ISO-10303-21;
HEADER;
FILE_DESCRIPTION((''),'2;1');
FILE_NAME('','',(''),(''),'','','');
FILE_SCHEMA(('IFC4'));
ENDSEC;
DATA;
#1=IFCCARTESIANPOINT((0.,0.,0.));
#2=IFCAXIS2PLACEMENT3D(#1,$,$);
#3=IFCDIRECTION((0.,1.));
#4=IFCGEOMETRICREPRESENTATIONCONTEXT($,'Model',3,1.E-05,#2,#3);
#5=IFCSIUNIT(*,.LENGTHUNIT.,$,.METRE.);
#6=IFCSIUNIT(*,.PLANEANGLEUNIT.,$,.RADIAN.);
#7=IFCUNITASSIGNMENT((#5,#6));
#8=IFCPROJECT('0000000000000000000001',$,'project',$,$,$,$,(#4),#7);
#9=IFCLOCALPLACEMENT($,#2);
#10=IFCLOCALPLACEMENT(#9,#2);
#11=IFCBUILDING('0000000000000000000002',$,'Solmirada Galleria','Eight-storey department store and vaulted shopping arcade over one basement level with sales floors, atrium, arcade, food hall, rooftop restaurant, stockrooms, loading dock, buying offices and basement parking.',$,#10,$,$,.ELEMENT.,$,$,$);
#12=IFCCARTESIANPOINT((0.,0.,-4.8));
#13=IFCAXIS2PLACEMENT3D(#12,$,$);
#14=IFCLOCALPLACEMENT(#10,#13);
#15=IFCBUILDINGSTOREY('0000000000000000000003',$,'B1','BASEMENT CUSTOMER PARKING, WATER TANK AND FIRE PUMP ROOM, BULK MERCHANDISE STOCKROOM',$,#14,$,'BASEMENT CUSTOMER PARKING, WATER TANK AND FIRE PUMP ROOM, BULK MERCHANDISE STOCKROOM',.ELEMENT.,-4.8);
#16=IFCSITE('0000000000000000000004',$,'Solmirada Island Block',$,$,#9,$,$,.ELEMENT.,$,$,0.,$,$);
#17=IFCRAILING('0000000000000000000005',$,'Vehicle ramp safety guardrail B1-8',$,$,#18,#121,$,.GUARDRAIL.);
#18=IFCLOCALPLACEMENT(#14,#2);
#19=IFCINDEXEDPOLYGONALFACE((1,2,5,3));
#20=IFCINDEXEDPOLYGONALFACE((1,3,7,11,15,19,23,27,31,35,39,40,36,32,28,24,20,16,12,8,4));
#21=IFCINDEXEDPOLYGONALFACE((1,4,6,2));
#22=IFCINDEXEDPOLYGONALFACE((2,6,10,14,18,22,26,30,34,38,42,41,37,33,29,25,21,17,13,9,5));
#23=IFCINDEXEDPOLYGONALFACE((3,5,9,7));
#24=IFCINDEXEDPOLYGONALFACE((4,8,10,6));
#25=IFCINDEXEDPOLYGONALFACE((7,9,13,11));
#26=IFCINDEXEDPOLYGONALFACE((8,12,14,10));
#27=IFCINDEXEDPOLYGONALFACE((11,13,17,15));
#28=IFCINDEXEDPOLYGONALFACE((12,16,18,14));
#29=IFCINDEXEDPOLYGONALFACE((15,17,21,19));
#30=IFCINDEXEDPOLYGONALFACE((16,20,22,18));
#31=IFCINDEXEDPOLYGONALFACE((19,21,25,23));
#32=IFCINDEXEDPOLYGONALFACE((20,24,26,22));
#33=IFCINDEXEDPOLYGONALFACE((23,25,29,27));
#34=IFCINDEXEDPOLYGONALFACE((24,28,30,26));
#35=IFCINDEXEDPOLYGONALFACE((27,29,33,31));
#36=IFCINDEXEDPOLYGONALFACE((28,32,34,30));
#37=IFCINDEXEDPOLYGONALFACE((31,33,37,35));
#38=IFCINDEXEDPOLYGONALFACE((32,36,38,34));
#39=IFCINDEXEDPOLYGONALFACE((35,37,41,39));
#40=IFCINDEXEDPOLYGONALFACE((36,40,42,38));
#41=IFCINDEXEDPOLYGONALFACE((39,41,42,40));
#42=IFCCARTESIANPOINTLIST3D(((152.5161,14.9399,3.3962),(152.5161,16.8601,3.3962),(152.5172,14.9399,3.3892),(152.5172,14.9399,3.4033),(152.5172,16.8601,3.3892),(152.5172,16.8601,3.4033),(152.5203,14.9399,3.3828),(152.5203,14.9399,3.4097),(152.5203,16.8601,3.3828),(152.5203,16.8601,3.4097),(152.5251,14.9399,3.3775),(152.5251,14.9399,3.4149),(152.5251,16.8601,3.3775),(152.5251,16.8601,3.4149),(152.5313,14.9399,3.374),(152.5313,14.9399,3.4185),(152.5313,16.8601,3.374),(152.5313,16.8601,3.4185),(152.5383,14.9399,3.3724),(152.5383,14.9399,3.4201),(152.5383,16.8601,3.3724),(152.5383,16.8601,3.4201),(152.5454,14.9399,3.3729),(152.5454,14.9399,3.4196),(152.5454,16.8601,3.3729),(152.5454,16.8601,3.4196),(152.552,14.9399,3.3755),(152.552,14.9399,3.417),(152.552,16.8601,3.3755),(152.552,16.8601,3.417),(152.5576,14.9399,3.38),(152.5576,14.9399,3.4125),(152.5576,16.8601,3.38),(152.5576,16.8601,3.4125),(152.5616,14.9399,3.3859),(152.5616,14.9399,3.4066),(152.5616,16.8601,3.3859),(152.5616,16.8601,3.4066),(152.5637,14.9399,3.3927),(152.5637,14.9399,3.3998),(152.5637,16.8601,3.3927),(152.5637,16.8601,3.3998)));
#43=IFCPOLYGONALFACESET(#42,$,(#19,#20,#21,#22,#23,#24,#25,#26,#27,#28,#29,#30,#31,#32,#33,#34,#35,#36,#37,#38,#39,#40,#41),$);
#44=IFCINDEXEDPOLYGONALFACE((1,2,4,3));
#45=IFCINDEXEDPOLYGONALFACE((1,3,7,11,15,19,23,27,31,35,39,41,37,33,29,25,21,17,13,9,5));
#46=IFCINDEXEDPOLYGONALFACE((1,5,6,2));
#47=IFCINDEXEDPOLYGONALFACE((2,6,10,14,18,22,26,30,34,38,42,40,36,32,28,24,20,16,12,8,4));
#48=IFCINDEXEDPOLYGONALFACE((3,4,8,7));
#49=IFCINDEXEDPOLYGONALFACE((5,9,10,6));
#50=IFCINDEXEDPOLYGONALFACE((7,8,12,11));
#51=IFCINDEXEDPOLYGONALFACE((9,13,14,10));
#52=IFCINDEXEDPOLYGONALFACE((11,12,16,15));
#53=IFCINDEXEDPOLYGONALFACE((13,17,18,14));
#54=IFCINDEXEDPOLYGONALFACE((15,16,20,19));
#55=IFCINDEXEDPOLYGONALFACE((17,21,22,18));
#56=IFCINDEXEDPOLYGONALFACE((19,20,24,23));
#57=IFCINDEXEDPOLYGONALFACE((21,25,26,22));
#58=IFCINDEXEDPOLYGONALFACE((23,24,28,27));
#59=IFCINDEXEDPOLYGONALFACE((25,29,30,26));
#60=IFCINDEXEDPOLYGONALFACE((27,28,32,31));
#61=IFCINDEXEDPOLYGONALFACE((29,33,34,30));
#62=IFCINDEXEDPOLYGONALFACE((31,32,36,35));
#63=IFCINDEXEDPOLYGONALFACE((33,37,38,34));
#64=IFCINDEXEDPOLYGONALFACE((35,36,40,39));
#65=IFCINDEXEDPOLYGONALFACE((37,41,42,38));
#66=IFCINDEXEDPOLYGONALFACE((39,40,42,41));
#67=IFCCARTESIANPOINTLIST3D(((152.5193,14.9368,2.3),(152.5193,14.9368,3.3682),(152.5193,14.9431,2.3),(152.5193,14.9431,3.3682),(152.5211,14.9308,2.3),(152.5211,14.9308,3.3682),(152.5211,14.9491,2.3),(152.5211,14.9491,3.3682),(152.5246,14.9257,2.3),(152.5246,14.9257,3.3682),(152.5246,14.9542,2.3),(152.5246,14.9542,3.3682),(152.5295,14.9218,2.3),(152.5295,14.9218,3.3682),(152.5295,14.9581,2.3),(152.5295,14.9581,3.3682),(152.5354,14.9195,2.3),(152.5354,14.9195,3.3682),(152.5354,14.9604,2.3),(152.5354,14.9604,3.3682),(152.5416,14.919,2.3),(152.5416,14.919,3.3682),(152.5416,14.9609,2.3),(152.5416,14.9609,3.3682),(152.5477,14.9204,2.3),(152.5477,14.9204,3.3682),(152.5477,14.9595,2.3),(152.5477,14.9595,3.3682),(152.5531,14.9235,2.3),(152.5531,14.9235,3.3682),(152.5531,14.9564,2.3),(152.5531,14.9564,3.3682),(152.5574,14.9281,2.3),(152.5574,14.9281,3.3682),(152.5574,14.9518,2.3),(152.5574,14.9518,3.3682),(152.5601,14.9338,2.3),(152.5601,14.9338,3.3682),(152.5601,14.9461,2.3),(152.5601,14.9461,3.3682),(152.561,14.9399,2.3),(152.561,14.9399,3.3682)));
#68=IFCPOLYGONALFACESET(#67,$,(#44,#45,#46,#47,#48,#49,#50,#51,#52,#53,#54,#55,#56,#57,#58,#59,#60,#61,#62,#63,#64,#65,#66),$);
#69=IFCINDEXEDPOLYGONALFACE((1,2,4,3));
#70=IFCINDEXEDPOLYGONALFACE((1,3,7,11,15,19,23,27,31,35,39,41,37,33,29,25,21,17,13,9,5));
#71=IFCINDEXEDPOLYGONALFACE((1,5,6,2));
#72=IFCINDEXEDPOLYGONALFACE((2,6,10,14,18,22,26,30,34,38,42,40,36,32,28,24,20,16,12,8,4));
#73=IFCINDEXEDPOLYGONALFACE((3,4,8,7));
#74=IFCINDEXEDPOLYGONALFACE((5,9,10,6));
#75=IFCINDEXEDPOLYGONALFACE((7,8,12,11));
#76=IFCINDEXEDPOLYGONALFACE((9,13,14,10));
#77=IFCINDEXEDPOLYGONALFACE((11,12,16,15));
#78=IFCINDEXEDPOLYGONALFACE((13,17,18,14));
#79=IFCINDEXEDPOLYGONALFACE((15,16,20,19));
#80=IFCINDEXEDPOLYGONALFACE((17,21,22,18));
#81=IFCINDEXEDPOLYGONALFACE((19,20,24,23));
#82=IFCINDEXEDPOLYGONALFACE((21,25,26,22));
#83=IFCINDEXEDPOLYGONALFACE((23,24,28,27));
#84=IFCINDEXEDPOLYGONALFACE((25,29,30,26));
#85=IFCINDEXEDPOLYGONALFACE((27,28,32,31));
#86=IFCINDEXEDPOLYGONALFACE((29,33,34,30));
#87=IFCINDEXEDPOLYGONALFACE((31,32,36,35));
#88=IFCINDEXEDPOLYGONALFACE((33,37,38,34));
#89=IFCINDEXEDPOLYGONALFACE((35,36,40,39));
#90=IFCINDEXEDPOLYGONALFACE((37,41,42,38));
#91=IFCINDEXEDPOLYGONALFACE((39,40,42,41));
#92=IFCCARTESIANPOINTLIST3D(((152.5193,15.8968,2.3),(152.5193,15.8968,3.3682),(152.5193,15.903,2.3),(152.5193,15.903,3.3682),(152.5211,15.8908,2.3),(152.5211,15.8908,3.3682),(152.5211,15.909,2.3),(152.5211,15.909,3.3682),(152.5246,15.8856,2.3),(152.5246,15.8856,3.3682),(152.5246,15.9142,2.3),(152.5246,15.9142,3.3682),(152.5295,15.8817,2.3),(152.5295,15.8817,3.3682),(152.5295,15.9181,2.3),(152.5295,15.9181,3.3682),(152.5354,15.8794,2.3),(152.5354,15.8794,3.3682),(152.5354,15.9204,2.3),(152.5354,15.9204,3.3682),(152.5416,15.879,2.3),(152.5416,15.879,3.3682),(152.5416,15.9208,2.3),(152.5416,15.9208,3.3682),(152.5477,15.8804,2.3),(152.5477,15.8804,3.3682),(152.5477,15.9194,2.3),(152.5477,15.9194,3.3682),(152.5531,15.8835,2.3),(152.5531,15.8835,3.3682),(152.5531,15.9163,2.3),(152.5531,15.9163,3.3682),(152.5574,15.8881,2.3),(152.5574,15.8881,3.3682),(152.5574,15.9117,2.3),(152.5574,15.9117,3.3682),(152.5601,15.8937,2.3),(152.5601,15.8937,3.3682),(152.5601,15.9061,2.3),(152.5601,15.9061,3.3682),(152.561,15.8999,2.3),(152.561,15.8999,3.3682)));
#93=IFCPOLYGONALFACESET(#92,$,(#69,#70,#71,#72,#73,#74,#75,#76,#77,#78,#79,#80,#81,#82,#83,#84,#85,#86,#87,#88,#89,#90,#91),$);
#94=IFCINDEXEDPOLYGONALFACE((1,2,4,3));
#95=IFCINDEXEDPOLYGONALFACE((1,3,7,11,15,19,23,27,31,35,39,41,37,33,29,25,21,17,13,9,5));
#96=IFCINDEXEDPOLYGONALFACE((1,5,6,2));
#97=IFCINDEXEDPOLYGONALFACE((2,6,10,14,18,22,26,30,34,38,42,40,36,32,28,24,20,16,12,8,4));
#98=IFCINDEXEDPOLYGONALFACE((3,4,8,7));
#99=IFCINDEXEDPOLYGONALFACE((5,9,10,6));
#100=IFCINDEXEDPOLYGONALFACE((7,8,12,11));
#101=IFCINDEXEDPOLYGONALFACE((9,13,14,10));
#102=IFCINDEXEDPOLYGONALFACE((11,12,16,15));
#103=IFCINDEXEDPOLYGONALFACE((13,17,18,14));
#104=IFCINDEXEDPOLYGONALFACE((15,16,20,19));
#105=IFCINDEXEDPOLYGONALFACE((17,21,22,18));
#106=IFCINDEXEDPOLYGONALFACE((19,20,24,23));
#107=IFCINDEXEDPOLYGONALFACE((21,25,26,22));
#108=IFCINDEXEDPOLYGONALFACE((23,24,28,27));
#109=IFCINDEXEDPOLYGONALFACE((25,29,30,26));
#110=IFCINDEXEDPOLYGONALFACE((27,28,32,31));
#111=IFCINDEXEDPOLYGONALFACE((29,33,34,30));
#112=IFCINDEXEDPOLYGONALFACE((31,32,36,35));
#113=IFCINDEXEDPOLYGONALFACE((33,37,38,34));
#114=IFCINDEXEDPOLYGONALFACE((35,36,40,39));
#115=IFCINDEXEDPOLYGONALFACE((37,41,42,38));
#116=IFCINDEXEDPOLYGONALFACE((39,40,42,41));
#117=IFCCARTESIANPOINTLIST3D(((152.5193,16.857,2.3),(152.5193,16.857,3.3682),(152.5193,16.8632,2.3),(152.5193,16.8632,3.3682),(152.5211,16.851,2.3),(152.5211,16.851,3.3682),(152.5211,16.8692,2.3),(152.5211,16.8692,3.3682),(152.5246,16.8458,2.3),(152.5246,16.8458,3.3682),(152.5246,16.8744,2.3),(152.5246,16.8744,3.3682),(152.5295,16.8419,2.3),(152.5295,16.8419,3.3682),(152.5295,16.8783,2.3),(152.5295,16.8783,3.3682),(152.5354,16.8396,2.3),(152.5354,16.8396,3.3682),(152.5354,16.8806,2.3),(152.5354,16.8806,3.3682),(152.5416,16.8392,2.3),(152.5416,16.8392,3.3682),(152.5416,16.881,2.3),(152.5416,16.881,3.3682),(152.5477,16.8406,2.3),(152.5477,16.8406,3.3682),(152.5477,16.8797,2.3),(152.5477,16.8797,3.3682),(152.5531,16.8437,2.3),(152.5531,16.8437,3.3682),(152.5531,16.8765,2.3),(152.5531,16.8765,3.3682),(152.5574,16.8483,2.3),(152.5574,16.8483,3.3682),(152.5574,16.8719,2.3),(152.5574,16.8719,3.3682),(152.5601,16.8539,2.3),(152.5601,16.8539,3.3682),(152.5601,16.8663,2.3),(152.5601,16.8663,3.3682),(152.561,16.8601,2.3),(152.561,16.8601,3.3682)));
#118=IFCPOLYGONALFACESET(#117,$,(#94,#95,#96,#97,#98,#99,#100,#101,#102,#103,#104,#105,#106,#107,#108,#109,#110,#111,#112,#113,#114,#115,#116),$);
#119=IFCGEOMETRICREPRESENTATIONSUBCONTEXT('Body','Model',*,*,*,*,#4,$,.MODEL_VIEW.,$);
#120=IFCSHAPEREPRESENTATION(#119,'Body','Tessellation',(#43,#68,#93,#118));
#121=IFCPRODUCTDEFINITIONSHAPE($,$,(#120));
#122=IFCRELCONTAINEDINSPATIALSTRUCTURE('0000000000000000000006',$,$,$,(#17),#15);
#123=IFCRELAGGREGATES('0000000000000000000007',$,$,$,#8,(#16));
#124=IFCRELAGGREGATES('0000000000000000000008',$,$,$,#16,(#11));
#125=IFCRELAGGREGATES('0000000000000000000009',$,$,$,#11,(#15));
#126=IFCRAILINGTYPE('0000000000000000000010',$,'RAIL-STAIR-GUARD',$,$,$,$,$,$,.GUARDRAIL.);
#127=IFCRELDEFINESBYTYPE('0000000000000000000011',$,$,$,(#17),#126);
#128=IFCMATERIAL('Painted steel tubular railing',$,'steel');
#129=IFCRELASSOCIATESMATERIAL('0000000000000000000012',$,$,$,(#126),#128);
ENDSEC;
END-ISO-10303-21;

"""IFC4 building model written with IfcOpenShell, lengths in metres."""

from ifc_helpers import new_model, si_unit, direction, frame, origin, origin_2d, place, context, subcontext, project, spatial, circle, extrude, material, type_object, element, save


model = new_model("IFC4")

# Units and contexts
model_context = context("Model", 3, precision=1e-05, world=origin(), true_north=direction((0.0, 1.0)))
body_context = subcontext(model_context, "Body", "Model", "MODEL_VIEW")
ifc_project = project(units=[si_unit("LENGTHUNIT", "METRE"), si_unit("PLANEANGLEUNIT", "RADIAN")], contexts=[model_context])

# Site, building, storey
site_placement = place(None, origin())
site = spatial("IfcSite", under=ifc_project, at=site_placement, Name="Solmirada Island Block", CompositionType="ELEMENT", RefElevation=0.0)
building_placement = place(site_placement, origin())
building = spatial("IfcBuilding", under=site, at=building_placement, Name="Solmirada Galleria", Description="Eight-storey department store and vaulted shopping arcade over one basement level with sales floors, atrium, arcade, food hall, rooftop restaurant, stockrooms, loading dock, buying offices and basement parking.", CompositionType="ELEMENT")
storey_placement = place(building_placement, frame((0.0, 0.0, -4.8)))
storey = spatial("IfcBuildingStorey", under=building, at=storey_placement, Name="B1", Description="BASEMENT CUSTOMER PARKING, WATER TANK AND FIRE PUMP ROOM, BULK MERCHANDISE STOCKROOM", LongName="BASEMENT CUSTOMER PARKING, WATER TANK AND FIRE PUMP ROOM, BULK MERCHANDISE STOCKROOM", CompositionType="ELEMENT", Elevation=-4.8)

# Railing
ifc_material_1 = material(Name="Painted steel tubular railing", Category="steel")
railing_type = type_object("IfcRailingType", Name="RAIL-STAIR-GUARD", PredefinedType="GUARDRAIL", material=ifc_material_1)
railing_1_placement = place(storey_placement, frame((152.54, 14.9399, 2.3)))
element("IfcRailing", 1, at=railing_1_placement, inside=storey, type_object=railing_type, Name="Vehicle ramp safety guardrail B1-8", PredefinedType="GUARDRAIL", context=body_context, shape_type="SweptSolid", body=[
    extrude(circle(Radius=0.0239, at=origin_2d()), frame((0.0, 0.0, 1.0962), z_axis=(0.0, 1.0, 0.0), x_axis=(-1.0, 0.0, 0.0)), (0.0, 0.0, 1.0), 1.9202),
    extrude(circle(Radius=0.021, at=origin_2d()), origin(), (0.0, 0.0, 1.0), 1.0681),
    extrude(circle(Radius=0.021, at=origin_2d()), frame((0.0, 0.96, 0.0)), (0.0, 0.0, 1.0), 1.0681),
    extrude(circle(Radius=0.021, at=origin_2d()), frame((0.0, 1.9202, 0.0)), (0.0, 0.0, 1.0), 1.0681),
])

save(model, "model.ifc")
